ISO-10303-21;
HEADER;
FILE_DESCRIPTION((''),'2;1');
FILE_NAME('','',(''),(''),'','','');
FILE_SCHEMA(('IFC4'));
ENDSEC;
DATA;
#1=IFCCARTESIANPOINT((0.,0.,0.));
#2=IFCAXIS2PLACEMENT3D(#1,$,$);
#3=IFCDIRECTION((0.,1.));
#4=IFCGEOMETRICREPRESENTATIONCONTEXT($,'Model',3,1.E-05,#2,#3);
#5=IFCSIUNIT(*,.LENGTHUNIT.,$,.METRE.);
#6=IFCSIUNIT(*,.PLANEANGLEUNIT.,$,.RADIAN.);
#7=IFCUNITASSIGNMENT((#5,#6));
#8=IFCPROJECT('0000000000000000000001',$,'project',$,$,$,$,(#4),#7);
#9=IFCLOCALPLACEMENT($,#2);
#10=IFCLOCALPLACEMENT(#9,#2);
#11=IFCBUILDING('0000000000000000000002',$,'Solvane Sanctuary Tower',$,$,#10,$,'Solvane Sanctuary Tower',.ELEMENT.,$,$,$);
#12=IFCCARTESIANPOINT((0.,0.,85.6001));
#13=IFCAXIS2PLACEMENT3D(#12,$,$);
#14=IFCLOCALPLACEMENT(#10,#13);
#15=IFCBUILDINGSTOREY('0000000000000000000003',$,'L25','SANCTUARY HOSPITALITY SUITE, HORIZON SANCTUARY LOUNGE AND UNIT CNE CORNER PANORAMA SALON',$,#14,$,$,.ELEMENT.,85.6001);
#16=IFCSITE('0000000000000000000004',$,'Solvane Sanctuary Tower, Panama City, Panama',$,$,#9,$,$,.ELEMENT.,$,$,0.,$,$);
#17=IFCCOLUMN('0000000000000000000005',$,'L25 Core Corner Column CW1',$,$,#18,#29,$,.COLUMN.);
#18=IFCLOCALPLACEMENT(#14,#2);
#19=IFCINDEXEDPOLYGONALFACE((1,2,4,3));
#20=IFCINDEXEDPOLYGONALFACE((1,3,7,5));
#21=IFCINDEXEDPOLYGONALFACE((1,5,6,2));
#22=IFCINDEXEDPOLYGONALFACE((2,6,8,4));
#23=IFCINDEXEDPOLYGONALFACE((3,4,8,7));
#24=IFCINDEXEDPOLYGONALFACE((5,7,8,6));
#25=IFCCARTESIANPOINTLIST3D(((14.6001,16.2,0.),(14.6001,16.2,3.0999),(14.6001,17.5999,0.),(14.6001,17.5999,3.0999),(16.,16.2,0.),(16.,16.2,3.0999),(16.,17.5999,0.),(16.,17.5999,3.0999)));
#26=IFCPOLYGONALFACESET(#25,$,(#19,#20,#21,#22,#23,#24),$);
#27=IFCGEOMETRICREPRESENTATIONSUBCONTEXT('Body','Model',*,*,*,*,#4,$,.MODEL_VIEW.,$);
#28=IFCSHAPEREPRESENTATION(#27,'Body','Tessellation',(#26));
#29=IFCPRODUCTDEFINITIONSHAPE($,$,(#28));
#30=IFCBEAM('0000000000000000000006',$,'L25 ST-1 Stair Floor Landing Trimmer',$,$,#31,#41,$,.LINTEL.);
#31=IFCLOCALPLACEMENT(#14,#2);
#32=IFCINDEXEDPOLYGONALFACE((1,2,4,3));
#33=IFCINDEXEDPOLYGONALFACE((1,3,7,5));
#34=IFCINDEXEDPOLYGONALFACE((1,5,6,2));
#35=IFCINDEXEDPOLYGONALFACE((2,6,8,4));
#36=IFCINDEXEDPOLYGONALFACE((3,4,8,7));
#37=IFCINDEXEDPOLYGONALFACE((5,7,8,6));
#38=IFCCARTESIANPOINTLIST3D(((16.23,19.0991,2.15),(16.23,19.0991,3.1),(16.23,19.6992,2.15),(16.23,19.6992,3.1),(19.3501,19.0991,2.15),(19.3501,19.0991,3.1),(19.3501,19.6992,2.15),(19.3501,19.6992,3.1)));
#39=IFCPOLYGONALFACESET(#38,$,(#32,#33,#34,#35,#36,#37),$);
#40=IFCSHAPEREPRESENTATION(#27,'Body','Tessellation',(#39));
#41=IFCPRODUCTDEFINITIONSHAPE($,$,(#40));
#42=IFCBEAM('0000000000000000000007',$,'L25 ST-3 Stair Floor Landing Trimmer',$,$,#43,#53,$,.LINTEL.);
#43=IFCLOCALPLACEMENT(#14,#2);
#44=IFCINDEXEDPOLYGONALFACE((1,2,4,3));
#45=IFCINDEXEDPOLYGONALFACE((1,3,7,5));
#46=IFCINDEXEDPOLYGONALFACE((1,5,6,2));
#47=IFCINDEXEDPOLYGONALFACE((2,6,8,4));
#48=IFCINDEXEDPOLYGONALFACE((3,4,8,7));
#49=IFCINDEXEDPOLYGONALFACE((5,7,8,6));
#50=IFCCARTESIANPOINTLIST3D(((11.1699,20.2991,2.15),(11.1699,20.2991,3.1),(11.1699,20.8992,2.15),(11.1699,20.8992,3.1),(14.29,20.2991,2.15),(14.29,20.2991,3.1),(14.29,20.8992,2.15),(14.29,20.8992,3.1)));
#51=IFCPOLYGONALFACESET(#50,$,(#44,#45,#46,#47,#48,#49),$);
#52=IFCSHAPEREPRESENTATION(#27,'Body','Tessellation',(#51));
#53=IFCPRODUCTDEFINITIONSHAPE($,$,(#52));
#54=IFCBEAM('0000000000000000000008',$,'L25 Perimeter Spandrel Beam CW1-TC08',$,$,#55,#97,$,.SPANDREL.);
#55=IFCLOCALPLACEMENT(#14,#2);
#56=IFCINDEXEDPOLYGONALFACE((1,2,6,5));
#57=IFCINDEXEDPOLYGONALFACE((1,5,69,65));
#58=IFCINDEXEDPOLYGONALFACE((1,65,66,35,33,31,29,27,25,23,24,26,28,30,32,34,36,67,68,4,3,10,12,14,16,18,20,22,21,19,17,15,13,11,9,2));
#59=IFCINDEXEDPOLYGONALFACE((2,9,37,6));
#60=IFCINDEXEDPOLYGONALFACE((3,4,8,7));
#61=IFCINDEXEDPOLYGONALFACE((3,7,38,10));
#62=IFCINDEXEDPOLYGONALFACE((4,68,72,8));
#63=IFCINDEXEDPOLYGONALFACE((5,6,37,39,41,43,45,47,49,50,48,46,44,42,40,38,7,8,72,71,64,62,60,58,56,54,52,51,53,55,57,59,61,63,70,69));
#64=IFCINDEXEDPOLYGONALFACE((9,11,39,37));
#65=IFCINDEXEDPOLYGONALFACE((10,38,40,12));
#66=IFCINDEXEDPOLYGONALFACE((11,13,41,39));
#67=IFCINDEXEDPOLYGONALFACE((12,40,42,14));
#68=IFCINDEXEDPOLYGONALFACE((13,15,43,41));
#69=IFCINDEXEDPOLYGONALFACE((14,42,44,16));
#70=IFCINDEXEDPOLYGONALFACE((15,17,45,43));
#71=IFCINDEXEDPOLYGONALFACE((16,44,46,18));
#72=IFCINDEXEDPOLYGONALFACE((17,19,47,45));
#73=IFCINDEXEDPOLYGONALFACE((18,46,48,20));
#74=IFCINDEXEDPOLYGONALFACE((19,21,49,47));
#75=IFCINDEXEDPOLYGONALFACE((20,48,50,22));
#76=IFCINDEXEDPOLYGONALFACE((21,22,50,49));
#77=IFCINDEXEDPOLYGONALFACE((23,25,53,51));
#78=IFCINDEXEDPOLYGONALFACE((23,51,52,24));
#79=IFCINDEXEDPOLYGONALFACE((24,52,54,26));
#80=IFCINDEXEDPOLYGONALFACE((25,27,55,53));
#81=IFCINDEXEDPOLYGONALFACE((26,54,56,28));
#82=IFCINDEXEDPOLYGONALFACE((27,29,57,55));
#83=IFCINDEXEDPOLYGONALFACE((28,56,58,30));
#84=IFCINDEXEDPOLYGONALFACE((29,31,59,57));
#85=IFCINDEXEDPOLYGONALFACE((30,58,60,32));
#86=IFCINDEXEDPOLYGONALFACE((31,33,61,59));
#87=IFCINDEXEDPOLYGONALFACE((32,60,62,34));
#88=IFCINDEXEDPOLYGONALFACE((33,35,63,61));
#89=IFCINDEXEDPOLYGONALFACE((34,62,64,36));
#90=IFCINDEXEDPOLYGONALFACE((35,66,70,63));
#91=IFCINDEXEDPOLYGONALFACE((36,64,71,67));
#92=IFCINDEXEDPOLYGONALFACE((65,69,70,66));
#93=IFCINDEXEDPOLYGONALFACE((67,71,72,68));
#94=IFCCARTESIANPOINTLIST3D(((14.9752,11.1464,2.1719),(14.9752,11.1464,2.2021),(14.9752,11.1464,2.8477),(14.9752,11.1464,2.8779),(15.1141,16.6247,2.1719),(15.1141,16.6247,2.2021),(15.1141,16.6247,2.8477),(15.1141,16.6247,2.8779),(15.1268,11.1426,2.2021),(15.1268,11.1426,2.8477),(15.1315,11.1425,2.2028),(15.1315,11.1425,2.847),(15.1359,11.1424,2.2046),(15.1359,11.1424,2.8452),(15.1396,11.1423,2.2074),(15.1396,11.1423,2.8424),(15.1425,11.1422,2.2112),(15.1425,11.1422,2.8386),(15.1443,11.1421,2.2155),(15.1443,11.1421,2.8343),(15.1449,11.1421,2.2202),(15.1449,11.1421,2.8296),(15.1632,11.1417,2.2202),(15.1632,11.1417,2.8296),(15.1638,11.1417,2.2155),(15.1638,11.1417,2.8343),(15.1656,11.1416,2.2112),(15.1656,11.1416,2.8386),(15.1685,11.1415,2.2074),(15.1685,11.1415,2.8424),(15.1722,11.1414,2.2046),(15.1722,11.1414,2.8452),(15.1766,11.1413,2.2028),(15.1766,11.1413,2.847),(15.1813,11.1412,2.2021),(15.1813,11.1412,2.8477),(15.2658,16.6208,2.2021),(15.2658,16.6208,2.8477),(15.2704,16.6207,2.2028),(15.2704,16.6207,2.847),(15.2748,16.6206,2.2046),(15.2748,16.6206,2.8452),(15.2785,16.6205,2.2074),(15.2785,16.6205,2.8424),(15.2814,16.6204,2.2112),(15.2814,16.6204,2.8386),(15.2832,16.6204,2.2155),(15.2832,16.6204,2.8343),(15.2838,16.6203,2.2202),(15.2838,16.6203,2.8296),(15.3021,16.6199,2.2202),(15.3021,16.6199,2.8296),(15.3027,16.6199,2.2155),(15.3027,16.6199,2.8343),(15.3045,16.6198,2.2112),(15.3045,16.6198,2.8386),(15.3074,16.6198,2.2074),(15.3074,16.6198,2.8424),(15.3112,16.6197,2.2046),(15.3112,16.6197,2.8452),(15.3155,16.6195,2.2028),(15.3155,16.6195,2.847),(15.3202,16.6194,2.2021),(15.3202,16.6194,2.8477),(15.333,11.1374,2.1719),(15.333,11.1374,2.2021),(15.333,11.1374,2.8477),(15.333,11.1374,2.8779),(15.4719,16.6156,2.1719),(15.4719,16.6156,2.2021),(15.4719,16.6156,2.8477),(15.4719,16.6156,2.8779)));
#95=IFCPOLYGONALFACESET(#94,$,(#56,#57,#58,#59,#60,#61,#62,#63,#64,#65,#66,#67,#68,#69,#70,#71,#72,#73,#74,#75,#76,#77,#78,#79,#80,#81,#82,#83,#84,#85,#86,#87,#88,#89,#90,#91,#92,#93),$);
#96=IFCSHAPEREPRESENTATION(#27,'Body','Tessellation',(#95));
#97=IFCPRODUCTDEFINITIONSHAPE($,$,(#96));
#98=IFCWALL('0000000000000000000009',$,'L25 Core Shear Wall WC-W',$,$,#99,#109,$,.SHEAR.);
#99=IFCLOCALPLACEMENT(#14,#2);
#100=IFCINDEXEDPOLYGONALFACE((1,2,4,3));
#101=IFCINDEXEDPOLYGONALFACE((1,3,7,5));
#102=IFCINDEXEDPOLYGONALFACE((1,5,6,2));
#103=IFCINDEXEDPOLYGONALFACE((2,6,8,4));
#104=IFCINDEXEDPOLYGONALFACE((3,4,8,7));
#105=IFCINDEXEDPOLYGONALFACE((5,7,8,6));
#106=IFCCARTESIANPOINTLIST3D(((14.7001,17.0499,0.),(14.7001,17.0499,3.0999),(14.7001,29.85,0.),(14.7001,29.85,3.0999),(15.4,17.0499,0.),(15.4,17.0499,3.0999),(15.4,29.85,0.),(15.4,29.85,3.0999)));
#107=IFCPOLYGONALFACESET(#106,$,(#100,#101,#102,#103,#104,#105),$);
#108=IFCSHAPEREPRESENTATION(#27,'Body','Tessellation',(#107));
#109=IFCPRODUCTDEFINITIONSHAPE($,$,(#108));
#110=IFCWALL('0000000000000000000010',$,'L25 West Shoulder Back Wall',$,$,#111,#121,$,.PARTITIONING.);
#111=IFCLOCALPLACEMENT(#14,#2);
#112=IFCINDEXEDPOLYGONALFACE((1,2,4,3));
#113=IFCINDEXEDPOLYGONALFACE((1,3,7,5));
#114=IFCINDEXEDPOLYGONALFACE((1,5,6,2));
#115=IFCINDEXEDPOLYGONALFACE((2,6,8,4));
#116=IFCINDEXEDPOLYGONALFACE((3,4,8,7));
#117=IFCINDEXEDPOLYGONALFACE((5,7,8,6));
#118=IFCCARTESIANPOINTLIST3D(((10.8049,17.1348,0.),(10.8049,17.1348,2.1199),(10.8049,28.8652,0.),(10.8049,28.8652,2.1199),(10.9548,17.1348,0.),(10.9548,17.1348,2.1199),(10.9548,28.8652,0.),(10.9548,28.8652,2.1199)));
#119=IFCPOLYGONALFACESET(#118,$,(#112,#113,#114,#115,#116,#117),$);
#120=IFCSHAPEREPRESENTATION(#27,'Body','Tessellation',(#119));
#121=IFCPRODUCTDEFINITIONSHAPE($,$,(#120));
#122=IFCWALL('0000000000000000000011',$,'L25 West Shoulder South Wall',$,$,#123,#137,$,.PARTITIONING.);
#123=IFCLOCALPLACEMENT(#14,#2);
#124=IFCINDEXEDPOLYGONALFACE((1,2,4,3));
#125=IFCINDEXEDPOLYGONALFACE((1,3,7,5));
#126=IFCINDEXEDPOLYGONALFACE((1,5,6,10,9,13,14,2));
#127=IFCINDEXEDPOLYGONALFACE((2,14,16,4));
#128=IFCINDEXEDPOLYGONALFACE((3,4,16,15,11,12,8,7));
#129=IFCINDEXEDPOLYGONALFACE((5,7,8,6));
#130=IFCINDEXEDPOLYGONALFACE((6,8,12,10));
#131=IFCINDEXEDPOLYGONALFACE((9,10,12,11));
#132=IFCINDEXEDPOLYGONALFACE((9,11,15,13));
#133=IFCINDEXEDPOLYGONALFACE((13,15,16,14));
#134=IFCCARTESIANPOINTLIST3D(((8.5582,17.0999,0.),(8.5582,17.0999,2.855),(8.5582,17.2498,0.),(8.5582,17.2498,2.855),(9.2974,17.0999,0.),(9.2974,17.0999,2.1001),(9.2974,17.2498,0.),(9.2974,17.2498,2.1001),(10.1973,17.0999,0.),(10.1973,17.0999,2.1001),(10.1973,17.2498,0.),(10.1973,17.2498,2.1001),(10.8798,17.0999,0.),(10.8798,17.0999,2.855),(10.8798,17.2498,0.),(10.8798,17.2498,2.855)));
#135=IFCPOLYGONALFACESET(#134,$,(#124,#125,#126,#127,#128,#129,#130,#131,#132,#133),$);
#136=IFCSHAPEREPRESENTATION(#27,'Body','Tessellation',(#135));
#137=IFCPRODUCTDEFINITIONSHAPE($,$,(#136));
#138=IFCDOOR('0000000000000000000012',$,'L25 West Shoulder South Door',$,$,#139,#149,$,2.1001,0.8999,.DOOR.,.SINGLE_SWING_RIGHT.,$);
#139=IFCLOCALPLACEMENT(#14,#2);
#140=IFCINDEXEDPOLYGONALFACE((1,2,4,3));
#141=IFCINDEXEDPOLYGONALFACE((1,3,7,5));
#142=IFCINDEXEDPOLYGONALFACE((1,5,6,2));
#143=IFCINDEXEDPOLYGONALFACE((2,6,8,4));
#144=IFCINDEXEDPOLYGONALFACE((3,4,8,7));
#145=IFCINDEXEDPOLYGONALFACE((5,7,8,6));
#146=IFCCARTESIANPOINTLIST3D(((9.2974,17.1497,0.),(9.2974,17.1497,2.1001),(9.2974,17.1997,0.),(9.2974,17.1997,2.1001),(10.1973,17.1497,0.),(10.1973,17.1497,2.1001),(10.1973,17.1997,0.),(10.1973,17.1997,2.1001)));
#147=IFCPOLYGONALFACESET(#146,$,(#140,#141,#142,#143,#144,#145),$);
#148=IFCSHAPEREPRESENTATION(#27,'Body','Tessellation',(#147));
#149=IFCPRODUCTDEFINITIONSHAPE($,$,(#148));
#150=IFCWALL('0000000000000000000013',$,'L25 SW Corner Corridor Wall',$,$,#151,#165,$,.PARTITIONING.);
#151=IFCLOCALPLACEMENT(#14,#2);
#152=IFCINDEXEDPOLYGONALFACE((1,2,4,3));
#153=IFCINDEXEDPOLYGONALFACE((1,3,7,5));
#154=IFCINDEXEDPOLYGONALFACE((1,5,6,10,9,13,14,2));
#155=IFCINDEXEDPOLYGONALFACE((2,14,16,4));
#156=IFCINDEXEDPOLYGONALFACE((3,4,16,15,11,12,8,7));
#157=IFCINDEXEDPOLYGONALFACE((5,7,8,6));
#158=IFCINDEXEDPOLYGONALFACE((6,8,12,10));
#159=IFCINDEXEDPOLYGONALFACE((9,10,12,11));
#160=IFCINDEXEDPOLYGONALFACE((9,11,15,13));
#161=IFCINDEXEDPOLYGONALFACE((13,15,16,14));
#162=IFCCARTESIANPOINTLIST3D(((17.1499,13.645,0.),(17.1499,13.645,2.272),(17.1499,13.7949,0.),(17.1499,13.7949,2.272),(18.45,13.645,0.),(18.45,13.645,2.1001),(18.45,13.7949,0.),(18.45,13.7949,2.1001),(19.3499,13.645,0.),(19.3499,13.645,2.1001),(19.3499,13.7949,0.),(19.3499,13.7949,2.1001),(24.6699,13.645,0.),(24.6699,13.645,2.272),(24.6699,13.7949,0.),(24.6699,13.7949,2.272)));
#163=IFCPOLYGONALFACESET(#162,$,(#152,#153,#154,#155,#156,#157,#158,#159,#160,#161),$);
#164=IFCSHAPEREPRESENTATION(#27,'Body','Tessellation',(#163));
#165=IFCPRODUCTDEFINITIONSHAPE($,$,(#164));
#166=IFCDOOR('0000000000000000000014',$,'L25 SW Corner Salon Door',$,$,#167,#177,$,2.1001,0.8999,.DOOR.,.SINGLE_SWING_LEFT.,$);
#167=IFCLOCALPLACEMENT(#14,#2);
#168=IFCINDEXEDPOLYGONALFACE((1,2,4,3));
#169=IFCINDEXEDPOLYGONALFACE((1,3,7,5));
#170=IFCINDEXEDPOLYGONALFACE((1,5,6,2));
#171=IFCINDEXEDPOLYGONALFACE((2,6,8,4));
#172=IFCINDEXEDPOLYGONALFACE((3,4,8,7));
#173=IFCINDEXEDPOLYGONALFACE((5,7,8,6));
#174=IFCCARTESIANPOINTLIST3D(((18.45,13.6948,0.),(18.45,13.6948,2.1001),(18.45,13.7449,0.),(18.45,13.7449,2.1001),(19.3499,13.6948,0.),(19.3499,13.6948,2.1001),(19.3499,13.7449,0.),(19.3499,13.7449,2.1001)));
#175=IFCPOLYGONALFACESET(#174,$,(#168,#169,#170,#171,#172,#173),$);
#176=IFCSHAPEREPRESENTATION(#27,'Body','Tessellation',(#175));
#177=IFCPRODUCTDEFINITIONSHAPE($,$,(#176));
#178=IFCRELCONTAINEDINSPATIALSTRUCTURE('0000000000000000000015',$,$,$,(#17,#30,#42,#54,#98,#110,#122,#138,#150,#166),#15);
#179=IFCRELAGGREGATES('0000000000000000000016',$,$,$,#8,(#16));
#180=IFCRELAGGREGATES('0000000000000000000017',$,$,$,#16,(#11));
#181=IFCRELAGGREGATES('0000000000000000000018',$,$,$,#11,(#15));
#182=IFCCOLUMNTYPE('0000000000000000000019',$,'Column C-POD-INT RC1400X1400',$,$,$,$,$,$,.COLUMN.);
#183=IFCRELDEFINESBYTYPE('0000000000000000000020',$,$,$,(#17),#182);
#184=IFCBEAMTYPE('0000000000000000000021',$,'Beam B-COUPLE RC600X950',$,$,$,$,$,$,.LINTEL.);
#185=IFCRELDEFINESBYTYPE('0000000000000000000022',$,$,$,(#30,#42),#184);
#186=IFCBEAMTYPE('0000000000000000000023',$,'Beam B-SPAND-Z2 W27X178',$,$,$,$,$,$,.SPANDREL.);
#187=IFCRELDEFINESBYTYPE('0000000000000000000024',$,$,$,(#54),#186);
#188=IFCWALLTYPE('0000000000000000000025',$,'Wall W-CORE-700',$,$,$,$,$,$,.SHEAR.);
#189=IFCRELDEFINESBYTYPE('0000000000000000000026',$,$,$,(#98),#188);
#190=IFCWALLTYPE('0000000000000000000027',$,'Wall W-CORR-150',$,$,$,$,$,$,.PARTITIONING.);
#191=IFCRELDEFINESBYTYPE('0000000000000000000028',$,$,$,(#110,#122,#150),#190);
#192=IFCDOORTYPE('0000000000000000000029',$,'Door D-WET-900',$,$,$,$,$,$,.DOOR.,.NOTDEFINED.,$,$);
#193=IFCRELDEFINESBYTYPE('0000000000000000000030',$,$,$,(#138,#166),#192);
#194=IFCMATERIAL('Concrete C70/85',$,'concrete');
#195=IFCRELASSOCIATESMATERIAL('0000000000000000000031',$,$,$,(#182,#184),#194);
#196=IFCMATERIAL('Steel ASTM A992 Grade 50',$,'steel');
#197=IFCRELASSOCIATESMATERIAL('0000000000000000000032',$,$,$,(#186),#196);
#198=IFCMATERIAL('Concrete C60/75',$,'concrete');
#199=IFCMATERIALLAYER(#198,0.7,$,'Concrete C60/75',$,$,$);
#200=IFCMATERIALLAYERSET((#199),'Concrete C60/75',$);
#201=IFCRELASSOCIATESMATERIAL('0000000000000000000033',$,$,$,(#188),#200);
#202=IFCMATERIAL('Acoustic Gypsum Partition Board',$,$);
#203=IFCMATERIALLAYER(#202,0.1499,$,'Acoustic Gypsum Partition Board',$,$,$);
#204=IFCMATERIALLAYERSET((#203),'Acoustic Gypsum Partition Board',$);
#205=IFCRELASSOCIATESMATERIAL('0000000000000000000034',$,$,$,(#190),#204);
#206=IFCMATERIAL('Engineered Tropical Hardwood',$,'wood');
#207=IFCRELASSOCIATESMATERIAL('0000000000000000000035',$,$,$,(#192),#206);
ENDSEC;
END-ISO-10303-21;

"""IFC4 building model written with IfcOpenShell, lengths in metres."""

from ifc_helpers import new_model, si_unit, direction, frame, frame_2d, origin, origin_2d, place, context, subcontext, project, spatial, rectangle, i_section, extrude, material, layer, layer_set, material_profile, profile_set, type_object, element, fill, save


model = new_model("IFC4")

# Units and contexts
model_context = context("Model", 3, precision=1e-05, world=origin(), true_north=direction((0.0, 1.0)))
body_context = subcontext(model_context, "Body", "Model", "MODEL_VIEW")
ifc_project = project(units=[si_unit("LENGTHUNIT", "METRE"), si_unit("PLANEANGLEUNIT", "RADIAN")], contexts=[model_context])

# Site, building, storey
site_placement = place(None, origin())
site = spatial("IfcSite", under=ifc_project, at=site_placement, Name="Solvane Sanctuary Tower, Panama City, Panama", CompositionType="ELEMENT", RefElevation=0.0)
building_placement = place(site_placement, origin())
building = spatial("IfcBuilding", under=site, at=building_placement, Name="Solvane Sanctuary Tower", LongName="Solvane Sanctuary Tower", CompositionType="ELEMENT")
storey_placement = place(building_placement, frame((0.0, 0.0, 85.6001)))
storey = spatial("IfcBuildingStorey", under=building, at=storey_placement, Name="L25", Description="SANCTUARY HOSPITALITY SUITE, HORIZON SANCTUARY LOUNGE AND UNIT CNE CORNER PANORAMA SALON", CompositionType="ELEMENT", Elevation=85.6001)

# Column
ifc_material_1 = material(Name="Concrete C70/85", Category="concrete")
ifc_material_profile_1 = material_profile(ifc_material_1, rectangle(XDim=1.3999, YDim=1.3999, at=origin_2d()), Name="RC1400X1400")
ifc_profile_set_1 = profile_set([ifc_material_profile_1], Name="Concrete C70/85")
column_type = type_object("IfcColumnType", Name="Column C-POD-INT RC1400X1400", PredefinedType="COLUMN", material=ifc_profile_set_1)
column_placement = place(storey_placement, frame((15.3, 16.8999, 0.0), z_axis=(0.0, 0.0, 1.0), x_axis=(1.0, 0.0, 0.0)))
element("IfcColumn", 1, at=column_placement, inside=storey, type_object=column_type, Name="L25 Core Corner Column CW1", PredefinedType="COLUMN", context=body_context, shape_type="SweptSolid", body=[
    extrude(rectangle(XDim=1.3999, YDim=1.3999, at=origin_2d()), origin(), (0.0, 0.0, 1.0), 3.0999),
])

# Beams
ifc_material_profile_2 = material_profile(ifc_material_1, rectangle(XDim=0.6001, YDim=0.95, at=origin_2d()), Name="RC600X950")
ifc_profile_set_2 = profile_set([ifc_material_profile_2], Name="Concrete C70/85")
beam_type_1 = type_object("IfcBeamType", Name="Beam B-COUPLE RC600X950", PredefinedType="LINTEL", material=ifc_profile_set_2)
for number, where, z_axis, x_axis, name in (
    (2, (16.23, 19.3992, 2.625), (1.0, 0.0, 0.0), (0.0, 1.0, 0.0), "L25 ST-1 Stair Floor Landing Trimmer"),
    (3, (11.1699, 20.5991, 2.625), (1.0, 0.0, 0.0), (0.0, 1.0, 0.0), "L25 ST-3 Stair Floor Landing Trimmer"),
):
    element("IfcBeam", number, at=place(storey_placement, frame(where, z_axis=z_axis, x_axis=x_axis)), inside=storey, type_object=beam_type_1, Name=name, PredefinedType="LINTEL", context=body_context, shape_type="SweptSolid", body=[
        extrude(rectangle(XDim=0.6001, YDim=0.95, at=origin_2d()), origin(), (0.0, 0.0, 1.0), 3.1201),
    ])
ifc_material_2 = material(Name="Steel ASTM A992 Grade 50", Category="steel")
ifc_material_profile_3 = material_profile(ifc_material_2, i_section(OverallWidth=0.3579, OverallDepth=0.7061, WebThickness=0.0183, FlangeThickness=0.0303, FilletRadius=0.0181, at=origin_2d()), Name="W27X178")
ifc_profile_set_3 = profile_set([ifc_material_profile_3], Name="Steel ASTM A992 Grade 50")
beam_type_2 = type_object("IfcBeamType", Name="Beam B-SPAND-Z2 W27X178", PredefinedType="SPANDREL", material=ifc_profile_set_3)
beam_placement = place(storey_placement, frame((15.293, 16.6201, 2.5249), z_axis=(-0.025349, -0.999679, 0.0), x_axis=(0.999679, -0.025349, 0.0)))
element("IfcBeam", 4, at=beam_placement, inside=storey, type_object=beam_type_2, Name="L25 Perimeter Spandrel Beam CW1-TC08", PredefinedType="SPANDREL", context=body_context, shape_type="SweptSolid", body=[
    extrude(i_section(OverallWidth=0.3579, OverallDepth=0.7061, WebThickness=0.0183, FlangeThickness=0.0303, FilletRadius=0.0181, at=origin_2d()), origin(), (0.0, 0.0, 1.0), 5.48),
])

# Walls
ifc_material_3 = material(Name="Concrete C60/75", Category="concrete")
ifc_layer_1 = layer(ifc_material_3, 0.7, Name="Concrete C60/75")
ifc_layer_set_1 = layer_set([ifc_layer_1], Name="Concrete C60/75")
wall_type_1 = type_object("IfcWallType", Name="Wall W-CORE-700", PredefinedType="SHEAR", material=ifc_layer_set_1)
wall_1_placement = place(storey_placement, frame((15.05, 17.05, 0.0), z_axis=(0.0, 0.0, 1.0), x_axis=(0.0, 1.0, 0.0)))
element("IfcWall", 5, at=wall_1_placement, inside=storey, type_object=wall_type_1, Name="L25 Core Shear Wall WC-W", PredefinedType="SHEAR", context=body_context, shape_type="SweptSolid", body=[
    extrude(rectangle(XDim=12.8, YDim=0.7, at=frame_2d((6.3999, 0.0))), origin(), (0.0, 0.0, 1.0), 3.0999),
])
ifc_material_4 = material(Name="Acoustic Gypsum Partition Board")
ifc_layer_2 = layer(ifc_material_4, 0.1499, Name="Acoustic Gypsum Partition Board")
ifc_layer_set_2 = layer_set([ifc_layer_2], Name="Acoustic Gypsum Partition Board")
wall_type_2 = type_object("IfcWallType", Name="Wall W-CORR-150", PredefinedType="PARTITIONING", material=ifc_layer_set_2)
wall_2_placement = place(storey_placement, frame((10.8799, 17.1348, 0.0), z_axis=(0.0, 0.0, 1.0), x_axis=(0.0, 1.0, 0.0)))
element("IfcWall", 6, at=wall_2_placement, inside=storey, type_object=wall_type_2, Name="L25 West Shoulder Back Wall", PredefinedType="PARTITIONING", context=body_context, shape_type="SweptSolid", body=[
    extrude(rectangle(XDim=11.7305, YDim=0.1499, at=frame_2d((5.8652, 0.0))), origin(), (0.0, 0.0, 1.0), 2.1199),
])

# Walls, openings, doors
wall_3_placement = place(storey_placement, frame((8.5583, 17.1748, 0.0), z_axis=(0.0, 0.0, 1.0), x_axis=(1.0, 0.0, 0.0)))
wall_3 = element("IfcWall", 7, at=wall_3_placement, inside=storey, type_object=wall_type_2, Name="L25 West Shoulder South Wall", PredefinedType="PARTITIONING", context=body_context, shape_type="SweptSolid", body=[
    extrude(rectangle(XDim=2.3215, YDim=0.1499, at=frame_2d((1.1606, 0.0))), origin(), (0.0, 0.0, 1.0), 2.855),
])
opening_1_placement = place(wall_3_placement, frame((0.739, 0.0, 0.0)))
opening_1 = element("IfcOpeningElement", 8, at=opening_1_placement, cuts=wall_3, PredefinedType="OPENING", context=body_context, shape_type="SweptSolid", body=[
    extrude(rectangle(XDim=0.8999, YDim=2.1001, at=frame_2d((0.45, 1.05))), frame((0.0, 0.085, 0.0), z_axis=(0.0, -1.0, 0.0), x_axis=(1.0, 0.0, 0.0)), (0.0, 0.0, 1.0), 0.1699),
])
ifc_material_5 = material(Name="Engineered Tropical Hardwood", Category="wood")
door_type_1 = type_object("IfcDoorType", Name="Door D-WET-900", OperationType="NOTDEFINED", PredefinedType="DOOR", material=ifc_material_5)
door_1_placement = place(opening_1_placement, origin())
door_1 = element("IfcDoor", 9, at=door_1_placement, inside=storey, type_object=door_type_1, Name="L25 West Shoulder South Door", OperationType="SINGLE_SWING_RIGHT", OverallHeight=2.1001, OverallWidth=0.8999, PredefinedType="DOOR", context=body_context, shape_type="SweptSolid", body=[
    extrude(rectangle(XDim=0.8999, YDim=2.1001, at=frame_2d((0.45, 1.05))), frame((0.0, 0.0249, 0.0), z_axis=(0.0, -1.0, 0.0), x_axis=(1.0, 0.0, 0.0)), (0.0, 0.0, 1.0), 0.05),
])
fill(opening_1, door_1)
wall_4_placement = place(storey_placement, frame((17.1499, 13.72, 0.0), z_axis=(0.0, 0.0, 1.0), x_axis=(1.0, 0.0, 0.0)))
wall_4 = element("IfcWall", 10, at=wall_4_placement, inside=storey, type_object=wall_type_2, Name="L25 SW Corner Corridor Wall", PredefinedType="PARTITIONING", context=body_context, shape_type="SweptSolid", body=[
    extrude(rectangle(XDim=7.52, YDim=0.1499, at=frame_2d((3.76, 0.0))), origin(), (0.0, 0.0, 1.0), 2.272),
])
opening_2_placement = place(wall_4_placement, frame((1.3, 0.0, 0.0)))
opening_2 = element("IfcOpeningElement", 11, at=opening_2_placement, cuts=wall_4, PredefinedType="OPENING", context=body_context, shape_type="SweptSolid", body=[
    extrude(rectangle(XDim=0.8999, YDim=2.1001, at=frame_2d((0.45, 1.05))), frame((0.0, 0.085, 0.0), z_axis=(0.0, -1.0, 0.0), x_axis=(1.0, 0.0, 0.0)), (0.0, 0.0, 1.0), 0.1699),
])
door_2_placement = place(opening_2_placement, origin())
door_2 = element("IfcDoor", 12, at=door_2_placement, inside=storey, type_object=door_type_1, Name="L25 SW Corner Salon Door", OperationType="SINGLE_SWING_LEFT", OverallHeight=2.1001, OverallWidth=0.8999, PredefinedType="DOOR", context=body_context, shape_type="SweptSolid", body=[
    extrude(rectangle(XDim=0.8999, YDim=2.1001, at=frame_2d((0.45, 1.05))), frame((0.0, 0.0249, 0.0), z_axis=(0.0, -1.0, 0.0), x_axis=(1.0, 0.0, 0.0)), (0.0, 0.0, 1.0), 0.05),
])
fill(opening_2, door_2)

save(model, "model.ifc")
